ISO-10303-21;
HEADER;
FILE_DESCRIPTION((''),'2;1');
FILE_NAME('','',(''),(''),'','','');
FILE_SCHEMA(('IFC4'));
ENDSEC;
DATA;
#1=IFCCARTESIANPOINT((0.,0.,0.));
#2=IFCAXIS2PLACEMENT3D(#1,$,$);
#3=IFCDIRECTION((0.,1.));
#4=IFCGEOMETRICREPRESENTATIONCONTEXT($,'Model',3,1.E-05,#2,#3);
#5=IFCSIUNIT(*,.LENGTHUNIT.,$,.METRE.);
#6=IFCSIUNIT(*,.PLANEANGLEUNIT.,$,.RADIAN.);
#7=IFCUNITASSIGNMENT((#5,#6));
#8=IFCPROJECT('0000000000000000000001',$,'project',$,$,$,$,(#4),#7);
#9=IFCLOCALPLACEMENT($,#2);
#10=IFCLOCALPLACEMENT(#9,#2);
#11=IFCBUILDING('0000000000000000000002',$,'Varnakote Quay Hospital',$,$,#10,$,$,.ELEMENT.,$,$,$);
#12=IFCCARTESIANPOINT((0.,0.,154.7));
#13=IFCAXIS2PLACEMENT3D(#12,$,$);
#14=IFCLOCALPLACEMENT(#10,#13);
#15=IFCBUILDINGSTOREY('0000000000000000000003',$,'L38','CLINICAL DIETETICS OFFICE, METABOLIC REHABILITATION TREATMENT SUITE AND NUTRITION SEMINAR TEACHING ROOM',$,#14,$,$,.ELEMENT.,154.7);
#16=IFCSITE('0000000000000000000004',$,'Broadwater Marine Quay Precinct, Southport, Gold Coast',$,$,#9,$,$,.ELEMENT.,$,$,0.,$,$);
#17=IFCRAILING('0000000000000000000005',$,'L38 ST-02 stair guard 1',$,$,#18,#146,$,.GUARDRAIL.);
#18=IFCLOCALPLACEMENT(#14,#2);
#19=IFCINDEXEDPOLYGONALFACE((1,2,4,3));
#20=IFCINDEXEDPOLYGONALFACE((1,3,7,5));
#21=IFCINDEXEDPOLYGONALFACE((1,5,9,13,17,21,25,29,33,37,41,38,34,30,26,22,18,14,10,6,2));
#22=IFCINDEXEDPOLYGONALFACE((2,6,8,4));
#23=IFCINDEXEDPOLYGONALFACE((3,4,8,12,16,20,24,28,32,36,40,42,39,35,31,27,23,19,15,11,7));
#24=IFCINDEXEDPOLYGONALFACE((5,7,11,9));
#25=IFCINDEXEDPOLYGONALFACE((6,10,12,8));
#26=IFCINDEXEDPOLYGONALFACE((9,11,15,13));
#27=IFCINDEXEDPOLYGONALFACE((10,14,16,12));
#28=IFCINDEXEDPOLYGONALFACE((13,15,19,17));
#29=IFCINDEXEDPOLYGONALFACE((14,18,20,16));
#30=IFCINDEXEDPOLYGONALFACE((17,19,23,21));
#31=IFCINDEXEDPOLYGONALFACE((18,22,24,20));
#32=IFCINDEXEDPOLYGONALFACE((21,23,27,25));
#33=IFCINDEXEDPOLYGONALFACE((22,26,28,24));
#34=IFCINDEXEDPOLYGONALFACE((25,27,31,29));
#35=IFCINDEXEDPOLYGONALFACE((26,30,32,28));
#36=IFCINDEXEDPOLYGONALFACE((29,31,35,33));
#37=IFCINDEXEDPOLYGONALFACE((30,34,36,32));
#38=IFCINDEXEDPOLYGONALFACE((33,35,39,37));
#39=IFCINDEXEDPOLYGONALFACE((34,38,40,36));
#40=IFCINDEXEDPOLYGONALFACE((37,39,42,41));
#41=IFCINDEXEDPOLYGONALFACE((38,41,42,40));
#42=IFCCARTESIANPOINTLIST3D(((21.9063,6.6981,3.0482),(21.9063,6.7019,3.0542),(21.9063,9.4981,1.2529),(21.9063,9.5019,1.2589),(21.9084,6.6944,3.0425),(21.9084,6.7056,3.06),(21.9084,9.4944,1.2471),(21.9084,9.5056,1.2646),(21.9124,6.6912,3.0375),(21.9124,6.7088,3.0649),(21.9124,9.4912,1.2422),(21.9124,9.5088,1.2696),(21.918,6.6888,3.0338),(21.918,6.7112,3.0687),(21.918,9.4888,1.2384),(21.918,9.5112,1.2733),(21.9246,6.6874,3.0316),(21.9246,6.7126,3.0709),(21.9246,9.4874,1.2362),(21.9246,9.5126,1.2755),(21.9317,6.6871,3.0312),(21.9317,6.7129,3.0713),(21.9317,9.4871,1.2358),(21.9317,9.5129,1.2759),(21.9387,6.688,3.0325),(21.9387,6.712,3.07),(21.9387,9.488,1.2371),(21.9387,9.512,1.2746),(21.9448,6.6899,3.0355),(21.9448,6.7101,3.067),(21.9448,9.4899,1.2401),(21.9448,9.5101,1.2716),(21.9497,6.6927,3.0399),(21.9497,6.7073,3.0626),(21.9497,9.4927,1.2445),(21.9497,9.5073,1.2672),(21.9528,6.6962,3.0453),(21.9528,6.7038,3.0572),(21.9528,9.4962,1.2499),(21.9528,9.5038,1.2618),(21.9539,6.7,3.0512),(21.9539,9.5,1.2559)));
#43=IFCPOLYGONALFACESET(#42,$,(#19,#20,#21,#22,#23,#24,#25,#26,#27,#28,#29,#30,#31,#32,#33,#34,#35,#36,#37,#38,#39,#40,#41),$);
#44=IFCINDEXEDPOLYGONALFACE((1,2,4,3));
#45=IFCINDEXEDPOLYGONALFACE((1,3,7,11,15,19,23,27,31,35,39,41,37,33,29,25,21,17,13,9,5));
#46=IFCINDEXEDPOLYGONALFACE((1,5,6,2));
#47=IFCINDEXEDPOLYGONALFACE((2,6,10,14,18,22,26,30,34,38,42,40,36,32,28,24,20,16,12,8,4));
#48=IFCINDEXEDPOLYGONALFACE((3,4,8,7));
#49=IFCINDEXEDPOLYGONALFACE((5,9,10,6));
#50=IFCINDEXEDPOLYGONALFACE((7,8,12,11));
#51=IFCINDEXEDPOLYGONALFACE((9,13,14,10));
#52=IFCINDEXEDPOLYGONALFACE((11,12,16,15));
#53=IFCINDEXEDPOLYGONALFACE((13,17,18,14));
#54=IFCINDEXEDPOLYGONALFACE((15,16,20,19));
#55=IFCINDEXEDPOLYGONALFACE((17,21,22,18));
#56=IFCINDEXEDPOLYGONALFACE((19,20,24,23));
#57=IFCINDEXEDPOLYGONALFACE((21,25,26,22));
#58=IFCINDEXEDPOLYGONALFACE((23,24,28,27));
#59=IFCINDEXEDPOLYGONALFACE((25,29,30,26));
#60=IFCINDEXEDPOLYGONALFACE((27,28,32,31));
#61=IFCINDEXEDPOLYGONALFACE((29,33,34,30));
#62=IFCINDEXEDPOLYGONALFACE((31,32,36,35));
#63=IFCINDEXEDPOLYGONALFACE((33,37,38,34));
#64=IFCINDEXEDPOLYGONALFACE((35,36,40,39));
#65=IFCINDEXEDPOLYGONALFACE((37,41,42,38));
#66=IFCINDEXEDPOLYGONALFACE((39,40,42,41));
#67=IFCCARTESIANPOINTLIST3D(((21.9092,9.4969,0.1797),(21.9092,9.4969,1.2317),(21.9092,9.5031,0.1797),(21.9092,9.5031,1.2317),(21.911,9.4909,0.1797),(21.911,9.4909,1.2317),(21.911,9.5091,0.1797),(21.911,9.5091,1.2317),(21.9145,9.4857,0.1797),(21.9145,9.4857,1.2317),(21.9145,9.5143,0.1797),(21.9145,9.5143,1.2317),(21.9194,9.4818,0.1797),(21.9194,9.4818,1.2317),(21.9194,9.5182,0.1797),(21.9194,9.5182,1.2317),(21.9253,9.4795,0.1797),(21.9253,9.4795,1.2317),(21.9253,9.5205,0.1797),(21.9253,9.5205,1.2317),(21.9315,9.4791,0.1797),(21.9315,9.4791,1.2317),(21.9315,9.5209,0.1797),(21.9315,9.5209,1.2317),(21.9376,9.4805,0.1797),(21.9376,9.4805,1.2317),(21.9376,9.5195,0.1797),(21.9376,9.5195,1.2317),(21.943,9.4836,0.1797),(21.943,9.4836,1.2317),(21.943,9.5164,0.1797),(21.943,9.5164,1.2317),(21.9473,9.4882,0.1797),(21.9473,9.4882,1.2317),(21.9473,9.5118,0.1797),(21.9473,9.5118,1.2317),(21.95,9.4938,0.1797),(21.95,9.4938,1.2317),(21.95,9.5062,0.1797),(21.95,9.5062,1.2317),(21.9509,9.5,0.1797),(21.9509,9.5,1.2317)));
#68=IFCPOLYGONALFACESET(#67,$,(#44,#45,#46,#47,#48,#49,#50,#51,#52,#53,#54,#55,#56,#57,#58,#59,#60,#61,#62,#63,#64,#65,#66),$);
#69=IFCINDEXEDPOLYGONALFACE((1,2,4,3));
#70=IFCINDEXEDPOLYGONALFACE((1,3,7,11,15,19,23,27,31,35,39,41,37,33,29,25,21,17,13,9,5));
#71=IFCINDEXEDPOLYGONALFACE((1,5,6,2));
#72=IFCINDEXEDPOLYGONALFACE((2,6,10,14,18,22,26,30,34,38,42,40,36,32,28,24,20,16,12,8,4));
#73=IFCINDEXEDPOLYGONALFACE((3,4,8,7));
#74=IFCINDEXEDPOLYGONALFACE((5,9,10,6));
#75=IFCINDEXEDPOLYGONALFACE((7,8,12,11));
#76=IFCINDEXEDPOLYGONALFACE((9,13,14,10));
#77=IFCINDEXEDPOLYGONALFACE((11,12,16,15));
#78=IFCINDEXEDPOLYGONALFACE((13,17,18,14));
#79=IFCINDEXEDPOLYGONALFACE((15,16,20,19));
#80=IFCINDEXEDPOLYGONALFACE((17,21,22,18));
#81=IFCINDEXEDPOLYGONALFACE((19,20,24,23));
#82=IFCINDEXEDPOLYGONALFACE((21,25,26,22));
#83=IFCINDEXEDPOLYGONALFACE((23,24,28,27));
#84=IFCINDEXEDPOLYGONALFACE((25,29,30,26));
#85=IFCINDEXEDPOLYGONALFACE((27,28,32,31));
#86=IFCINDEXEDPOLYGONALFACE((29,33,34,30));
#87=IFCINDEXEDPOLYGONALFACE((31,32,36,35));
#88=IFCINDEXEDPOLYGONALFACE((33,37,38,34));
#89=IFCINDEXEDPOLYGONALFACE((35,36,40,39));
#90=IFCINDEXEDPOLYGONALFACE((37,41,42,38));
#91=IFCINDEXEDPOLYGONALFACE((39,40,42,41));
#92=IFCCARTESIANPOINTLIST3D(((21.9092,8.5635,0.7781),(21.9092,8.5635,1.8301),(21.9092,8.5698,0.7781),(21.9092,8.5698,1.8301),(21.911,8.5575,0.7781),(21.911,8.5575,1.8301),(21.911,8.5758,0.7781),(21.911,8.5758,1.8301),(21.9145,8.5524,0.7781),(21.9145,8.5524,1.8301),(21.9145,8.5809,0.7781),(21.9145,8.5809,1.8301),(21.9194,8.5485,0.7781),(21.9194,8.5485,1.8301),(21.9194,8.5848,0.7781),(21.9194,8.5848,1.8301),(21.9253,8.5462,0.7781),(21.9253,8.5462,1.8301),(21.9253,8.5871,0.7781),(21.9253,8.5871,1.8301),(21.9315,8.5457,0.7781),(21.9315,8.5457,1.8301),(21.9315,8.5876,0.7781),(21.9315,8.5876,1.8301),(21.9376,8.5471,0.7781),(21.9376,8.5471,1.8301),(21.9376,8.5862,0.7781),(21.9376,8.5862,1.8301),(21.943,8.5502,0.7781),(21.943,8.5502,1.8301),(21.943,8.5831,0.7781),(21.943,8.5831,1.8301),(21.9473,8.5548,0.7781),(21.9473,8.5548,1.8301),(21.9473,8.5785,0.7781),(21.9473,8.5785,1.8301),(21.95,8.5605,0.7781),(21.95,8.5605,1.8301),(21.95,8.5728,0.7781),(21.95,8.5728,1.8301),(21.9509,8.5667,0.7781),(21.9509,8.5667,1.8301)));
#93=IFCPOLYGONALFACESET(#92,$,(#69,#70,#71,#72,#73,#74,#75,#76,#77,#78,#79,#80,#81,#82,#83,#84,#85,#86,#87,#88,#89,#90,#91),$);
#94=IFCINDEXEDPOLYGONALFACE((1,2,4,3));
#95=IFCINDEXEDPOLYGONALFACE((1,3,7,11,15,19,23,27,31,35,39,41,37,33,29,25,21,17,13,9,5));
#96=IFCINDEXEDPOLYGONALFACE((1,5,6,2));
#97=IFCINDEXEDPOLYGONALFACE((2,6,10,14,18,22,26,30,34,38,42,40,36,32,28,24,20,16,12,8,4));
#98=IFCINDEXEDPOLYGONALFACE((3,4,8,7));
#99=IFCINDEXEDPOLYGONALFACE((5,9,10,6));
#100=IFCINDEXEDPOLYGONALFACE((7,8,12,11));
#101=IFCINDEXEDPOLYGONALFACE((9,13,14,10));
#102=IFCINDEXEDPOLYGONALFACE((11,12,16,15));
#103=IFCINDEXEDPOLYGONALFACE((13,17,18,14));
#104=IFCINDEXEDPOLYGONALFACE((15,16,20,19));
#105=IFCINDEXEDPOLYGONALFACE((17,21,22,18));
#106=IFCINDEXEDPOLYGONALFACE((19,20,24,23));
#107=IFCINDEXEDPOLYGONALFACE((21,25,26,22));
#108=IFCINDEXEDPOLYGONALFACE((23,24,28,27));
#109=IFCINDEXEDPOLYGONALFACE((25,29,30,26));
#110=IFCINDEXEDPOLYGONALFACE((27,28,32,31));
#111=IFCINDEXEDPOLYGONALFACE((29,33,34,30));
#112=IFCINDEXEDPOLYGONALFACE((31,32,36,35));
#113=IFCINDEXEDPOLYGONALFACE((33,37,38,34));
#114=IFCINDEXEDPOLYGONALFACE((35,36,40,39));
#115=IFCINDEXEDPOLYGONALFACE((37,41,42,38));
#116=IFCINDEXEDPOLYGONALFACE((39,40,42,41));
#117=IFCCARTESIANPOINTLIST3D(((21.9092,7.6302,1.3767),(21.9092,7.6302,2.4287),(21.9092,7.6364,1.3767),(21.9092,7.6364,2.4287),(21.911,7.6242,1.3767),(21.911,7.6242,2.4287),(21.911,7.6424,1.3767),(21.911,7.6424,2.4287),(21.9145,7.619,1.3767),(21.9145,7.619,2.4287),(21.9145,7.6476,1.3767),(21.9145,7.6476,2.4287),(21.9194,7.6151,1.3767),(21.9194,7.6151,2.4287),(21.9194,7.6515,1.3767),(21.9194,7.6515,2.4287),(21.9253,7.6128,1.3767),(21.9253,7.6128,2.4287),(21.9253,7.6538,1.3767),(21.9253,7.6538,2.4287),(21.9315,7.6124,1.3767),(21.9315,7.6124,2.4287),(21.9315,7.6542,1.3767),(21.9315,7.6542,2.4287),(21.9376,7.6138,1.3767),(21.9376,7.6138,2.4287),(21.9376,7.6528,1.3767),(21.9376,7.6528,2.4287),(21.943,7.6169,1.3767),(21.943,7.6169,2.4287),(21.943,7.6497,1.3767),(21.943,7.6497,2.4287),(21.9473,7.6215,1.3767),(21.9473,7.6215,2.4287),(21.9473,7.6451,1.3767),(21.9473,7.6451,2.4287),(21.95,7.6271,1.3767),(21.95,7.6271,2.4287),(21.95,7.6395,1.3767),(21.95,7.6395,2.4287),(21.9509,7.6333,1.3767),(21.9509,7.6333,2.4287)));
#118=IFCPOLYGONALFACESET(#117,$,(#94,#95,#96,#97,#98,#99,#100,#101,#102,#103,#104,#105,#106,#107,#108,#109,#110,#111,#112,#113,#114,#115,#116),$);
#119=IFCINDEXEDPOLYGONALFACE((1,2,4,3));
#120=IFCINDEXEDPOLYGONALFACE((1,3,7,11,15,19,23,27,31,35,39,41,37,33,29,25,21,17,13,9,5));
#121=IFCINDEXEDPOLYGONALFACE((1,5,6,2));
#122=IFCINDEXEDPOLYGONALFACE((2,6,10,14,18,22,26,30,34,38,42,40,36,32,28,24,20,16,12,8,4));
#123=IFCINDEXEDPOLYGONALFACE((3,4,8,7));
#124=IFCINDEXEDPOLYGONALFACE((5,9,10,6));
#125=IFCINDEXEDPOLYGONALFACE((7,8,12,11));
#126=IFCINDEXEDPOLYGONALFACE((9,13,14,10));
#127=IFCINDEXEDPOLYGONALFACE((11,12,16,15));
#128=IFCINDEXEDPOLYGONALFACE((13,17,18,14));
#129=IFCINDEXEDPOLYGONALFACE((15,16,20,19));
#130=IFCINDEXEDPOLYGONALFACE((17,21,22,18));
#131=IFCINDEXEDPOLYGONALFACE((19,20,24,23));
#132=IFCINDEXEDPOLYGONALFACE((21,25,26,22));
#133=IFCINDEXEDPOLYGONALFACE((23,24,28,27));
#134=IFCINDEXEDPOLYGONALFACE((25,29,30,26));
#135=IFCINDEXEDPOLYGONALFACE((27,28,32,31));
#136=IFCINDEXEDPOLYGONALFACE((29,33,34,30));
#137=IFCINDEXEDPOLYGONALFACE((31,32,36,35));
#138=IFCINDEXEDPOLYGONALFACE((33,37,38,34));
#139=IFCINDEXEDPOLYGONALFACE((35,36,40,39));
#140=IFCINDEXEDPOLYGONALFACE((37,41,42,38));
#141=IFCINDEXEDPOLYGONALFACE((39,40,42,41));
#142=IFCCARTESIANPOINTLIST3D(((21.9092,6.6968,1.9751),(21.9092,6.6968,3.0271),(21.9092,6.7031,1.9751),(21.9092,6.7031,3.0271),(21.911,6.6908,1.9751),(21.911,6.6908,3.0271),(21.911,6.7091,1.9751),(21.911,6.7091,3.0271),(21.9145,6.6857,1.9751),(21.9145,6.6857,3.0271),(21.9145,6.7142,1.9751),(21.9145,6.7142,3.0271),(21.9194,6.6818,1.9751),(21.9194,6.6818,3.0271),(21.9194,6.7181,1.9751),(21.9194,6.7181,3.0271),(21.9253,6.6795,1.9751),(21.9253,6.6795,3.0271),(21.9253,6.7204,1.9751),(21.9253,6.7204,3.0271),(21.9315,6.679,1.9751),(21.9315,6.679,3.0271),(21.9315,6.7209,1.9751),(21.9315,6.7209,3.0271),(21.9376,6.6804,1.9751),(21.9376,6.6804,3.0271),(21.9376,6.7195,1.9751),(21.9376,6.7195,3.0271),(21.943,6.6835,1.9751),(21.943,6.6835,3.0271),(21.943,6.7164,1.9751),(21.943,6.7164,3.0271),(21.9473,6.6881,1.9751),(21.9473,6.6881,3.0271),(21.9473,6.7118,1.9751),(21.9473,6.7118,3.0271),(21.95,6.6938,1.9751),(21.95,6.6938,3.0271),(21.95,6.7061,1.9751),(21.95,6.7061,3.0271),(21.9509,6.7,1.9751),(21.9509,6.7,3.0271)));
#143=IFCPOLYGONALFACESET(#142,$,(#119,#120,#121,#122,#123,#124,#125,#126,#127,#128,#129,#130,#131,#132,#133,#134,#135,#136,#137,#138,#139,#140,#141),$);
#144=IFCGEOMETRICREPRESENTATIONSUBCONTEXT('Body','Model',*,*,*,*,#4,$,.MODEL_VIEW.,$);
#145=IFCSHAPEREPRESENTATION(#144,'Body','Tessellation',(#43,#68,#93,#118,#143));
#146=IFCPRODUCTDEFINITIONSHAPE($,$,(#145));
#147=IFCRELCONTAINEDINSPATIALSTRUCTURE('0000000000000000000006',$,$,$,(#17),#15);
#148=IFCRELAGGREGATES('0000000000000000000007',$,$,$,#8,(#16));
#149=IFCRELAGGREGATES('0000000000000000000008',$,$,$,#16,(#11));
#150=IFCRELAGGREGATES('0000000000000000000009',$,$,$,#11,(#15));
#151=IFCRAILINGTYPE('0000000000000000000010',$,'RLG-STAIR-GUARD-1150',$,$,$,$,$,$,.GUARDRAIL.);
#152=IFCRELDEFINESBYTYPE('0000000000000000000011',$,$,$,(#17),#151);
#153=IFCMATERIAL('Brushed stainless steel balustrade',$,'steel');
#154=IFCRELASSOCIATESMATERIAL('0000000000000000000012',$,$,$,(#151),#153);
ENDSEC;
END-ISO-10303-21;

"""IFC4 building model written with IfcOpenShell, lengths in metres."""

from ifc_helpers import new_model, si_unit, direction, frame, origin, origin_2d, place, context, subcontext, project, spatial, circle, extrude, material, type_object, element, save


model = new_model("IFC4")

# Units and contexts
model_context = context("Model", 3, precision=1e-05, world=origin(), true_north=direction((0.0, 1.0)))
body_context = subcontext(model_context, "Body", "Model", "MODEL_VIEW")
ifc_project = project(units=[si_unit("LENGTHUNIT", "METRE"), si_unit("PLANEANGLEUNIT", "RADIAN")], contexts=[model_context])

# Site, building, storey
site_placement = place(None, origin())
site = spatial("IfcSite", under=ifc_project, at=site_placement, Name="Broadwater Marine Quay Precinct, Southport, Gold Coast", CompositionType="ELEMENT", RefElevation=0.0)
building_placement = place(site_placement, origin())
building = spatial("IfcBuilding", under=site, at=building_placement, Name="Varnakote Quay Hospital", CompositionType="ELEMENT")
storey_placement = place(building_placement, frame((0.0, 0.0, 154.7)))
storey = spatial("IfcBuildingStorey", under=building, at=storey_placement, Name="L38", Description="CLINICAL DIETETICS OFFICE, METABOLIC REHABILITATION TREATMENT SUITE AND NUTRITION SEMINAR TEACHING ROOM", CompositionType="ELEMENT", Elevation=154.7)

# Railing
ifc_material_1 = material(Name="Brushed stainless steel balustrade", Category="steel")
railing_type_1 = type_object("IfcRailingType", Name="RLG-STAIR-GUARD-1150", PredefinedType="GUARDRAIL", material=ifc_material_1)
railing_1_placement = place(storey_placement, frame((21.9299, 9.5, 0.1797)))
element("IfcRailing", 1, at=railing_1_placement, inside=storey, type_object=railing_type_1, Name="L38 ST-02 stair guard 1", PredefinedType="GUARDRAIL", context=body_context, shape_type="SweptSolid", body=[
    extrude(circle(Radius=0.0239, at=origin_2d()), frame((0.0, 0.0, 1.0762), z_axis=(0.0, -0.84181, 0.539774), x_axis=(1.0, 0.0, 0.0)), (0.0, 0.0, 1.0), 3.3262),
    extrude(circle(Radius=0.021, at=origin_2d()), origin(), (0.0, 0.0, 1.0), 1.052),
    extrude(circle(Radius=0.021, at=origin_2d()), frame((0.0, -0.9333, 0.5984)), (0.0, 0.0, 1.0), 1.052),
    extrude(circle(Radius=0.021, at=origin_2d()), frame((0.0, -1.8667, 1.197)), (0.0, 0.0, 1.0), 1.052),
    extrude(circle(Radius=0.021, at=origin_2d()), frame((0.0, -2.8, 1.7954)), (0.0, 0.0, 1.0), 1.052),
])

save(model, "model.ifc")
